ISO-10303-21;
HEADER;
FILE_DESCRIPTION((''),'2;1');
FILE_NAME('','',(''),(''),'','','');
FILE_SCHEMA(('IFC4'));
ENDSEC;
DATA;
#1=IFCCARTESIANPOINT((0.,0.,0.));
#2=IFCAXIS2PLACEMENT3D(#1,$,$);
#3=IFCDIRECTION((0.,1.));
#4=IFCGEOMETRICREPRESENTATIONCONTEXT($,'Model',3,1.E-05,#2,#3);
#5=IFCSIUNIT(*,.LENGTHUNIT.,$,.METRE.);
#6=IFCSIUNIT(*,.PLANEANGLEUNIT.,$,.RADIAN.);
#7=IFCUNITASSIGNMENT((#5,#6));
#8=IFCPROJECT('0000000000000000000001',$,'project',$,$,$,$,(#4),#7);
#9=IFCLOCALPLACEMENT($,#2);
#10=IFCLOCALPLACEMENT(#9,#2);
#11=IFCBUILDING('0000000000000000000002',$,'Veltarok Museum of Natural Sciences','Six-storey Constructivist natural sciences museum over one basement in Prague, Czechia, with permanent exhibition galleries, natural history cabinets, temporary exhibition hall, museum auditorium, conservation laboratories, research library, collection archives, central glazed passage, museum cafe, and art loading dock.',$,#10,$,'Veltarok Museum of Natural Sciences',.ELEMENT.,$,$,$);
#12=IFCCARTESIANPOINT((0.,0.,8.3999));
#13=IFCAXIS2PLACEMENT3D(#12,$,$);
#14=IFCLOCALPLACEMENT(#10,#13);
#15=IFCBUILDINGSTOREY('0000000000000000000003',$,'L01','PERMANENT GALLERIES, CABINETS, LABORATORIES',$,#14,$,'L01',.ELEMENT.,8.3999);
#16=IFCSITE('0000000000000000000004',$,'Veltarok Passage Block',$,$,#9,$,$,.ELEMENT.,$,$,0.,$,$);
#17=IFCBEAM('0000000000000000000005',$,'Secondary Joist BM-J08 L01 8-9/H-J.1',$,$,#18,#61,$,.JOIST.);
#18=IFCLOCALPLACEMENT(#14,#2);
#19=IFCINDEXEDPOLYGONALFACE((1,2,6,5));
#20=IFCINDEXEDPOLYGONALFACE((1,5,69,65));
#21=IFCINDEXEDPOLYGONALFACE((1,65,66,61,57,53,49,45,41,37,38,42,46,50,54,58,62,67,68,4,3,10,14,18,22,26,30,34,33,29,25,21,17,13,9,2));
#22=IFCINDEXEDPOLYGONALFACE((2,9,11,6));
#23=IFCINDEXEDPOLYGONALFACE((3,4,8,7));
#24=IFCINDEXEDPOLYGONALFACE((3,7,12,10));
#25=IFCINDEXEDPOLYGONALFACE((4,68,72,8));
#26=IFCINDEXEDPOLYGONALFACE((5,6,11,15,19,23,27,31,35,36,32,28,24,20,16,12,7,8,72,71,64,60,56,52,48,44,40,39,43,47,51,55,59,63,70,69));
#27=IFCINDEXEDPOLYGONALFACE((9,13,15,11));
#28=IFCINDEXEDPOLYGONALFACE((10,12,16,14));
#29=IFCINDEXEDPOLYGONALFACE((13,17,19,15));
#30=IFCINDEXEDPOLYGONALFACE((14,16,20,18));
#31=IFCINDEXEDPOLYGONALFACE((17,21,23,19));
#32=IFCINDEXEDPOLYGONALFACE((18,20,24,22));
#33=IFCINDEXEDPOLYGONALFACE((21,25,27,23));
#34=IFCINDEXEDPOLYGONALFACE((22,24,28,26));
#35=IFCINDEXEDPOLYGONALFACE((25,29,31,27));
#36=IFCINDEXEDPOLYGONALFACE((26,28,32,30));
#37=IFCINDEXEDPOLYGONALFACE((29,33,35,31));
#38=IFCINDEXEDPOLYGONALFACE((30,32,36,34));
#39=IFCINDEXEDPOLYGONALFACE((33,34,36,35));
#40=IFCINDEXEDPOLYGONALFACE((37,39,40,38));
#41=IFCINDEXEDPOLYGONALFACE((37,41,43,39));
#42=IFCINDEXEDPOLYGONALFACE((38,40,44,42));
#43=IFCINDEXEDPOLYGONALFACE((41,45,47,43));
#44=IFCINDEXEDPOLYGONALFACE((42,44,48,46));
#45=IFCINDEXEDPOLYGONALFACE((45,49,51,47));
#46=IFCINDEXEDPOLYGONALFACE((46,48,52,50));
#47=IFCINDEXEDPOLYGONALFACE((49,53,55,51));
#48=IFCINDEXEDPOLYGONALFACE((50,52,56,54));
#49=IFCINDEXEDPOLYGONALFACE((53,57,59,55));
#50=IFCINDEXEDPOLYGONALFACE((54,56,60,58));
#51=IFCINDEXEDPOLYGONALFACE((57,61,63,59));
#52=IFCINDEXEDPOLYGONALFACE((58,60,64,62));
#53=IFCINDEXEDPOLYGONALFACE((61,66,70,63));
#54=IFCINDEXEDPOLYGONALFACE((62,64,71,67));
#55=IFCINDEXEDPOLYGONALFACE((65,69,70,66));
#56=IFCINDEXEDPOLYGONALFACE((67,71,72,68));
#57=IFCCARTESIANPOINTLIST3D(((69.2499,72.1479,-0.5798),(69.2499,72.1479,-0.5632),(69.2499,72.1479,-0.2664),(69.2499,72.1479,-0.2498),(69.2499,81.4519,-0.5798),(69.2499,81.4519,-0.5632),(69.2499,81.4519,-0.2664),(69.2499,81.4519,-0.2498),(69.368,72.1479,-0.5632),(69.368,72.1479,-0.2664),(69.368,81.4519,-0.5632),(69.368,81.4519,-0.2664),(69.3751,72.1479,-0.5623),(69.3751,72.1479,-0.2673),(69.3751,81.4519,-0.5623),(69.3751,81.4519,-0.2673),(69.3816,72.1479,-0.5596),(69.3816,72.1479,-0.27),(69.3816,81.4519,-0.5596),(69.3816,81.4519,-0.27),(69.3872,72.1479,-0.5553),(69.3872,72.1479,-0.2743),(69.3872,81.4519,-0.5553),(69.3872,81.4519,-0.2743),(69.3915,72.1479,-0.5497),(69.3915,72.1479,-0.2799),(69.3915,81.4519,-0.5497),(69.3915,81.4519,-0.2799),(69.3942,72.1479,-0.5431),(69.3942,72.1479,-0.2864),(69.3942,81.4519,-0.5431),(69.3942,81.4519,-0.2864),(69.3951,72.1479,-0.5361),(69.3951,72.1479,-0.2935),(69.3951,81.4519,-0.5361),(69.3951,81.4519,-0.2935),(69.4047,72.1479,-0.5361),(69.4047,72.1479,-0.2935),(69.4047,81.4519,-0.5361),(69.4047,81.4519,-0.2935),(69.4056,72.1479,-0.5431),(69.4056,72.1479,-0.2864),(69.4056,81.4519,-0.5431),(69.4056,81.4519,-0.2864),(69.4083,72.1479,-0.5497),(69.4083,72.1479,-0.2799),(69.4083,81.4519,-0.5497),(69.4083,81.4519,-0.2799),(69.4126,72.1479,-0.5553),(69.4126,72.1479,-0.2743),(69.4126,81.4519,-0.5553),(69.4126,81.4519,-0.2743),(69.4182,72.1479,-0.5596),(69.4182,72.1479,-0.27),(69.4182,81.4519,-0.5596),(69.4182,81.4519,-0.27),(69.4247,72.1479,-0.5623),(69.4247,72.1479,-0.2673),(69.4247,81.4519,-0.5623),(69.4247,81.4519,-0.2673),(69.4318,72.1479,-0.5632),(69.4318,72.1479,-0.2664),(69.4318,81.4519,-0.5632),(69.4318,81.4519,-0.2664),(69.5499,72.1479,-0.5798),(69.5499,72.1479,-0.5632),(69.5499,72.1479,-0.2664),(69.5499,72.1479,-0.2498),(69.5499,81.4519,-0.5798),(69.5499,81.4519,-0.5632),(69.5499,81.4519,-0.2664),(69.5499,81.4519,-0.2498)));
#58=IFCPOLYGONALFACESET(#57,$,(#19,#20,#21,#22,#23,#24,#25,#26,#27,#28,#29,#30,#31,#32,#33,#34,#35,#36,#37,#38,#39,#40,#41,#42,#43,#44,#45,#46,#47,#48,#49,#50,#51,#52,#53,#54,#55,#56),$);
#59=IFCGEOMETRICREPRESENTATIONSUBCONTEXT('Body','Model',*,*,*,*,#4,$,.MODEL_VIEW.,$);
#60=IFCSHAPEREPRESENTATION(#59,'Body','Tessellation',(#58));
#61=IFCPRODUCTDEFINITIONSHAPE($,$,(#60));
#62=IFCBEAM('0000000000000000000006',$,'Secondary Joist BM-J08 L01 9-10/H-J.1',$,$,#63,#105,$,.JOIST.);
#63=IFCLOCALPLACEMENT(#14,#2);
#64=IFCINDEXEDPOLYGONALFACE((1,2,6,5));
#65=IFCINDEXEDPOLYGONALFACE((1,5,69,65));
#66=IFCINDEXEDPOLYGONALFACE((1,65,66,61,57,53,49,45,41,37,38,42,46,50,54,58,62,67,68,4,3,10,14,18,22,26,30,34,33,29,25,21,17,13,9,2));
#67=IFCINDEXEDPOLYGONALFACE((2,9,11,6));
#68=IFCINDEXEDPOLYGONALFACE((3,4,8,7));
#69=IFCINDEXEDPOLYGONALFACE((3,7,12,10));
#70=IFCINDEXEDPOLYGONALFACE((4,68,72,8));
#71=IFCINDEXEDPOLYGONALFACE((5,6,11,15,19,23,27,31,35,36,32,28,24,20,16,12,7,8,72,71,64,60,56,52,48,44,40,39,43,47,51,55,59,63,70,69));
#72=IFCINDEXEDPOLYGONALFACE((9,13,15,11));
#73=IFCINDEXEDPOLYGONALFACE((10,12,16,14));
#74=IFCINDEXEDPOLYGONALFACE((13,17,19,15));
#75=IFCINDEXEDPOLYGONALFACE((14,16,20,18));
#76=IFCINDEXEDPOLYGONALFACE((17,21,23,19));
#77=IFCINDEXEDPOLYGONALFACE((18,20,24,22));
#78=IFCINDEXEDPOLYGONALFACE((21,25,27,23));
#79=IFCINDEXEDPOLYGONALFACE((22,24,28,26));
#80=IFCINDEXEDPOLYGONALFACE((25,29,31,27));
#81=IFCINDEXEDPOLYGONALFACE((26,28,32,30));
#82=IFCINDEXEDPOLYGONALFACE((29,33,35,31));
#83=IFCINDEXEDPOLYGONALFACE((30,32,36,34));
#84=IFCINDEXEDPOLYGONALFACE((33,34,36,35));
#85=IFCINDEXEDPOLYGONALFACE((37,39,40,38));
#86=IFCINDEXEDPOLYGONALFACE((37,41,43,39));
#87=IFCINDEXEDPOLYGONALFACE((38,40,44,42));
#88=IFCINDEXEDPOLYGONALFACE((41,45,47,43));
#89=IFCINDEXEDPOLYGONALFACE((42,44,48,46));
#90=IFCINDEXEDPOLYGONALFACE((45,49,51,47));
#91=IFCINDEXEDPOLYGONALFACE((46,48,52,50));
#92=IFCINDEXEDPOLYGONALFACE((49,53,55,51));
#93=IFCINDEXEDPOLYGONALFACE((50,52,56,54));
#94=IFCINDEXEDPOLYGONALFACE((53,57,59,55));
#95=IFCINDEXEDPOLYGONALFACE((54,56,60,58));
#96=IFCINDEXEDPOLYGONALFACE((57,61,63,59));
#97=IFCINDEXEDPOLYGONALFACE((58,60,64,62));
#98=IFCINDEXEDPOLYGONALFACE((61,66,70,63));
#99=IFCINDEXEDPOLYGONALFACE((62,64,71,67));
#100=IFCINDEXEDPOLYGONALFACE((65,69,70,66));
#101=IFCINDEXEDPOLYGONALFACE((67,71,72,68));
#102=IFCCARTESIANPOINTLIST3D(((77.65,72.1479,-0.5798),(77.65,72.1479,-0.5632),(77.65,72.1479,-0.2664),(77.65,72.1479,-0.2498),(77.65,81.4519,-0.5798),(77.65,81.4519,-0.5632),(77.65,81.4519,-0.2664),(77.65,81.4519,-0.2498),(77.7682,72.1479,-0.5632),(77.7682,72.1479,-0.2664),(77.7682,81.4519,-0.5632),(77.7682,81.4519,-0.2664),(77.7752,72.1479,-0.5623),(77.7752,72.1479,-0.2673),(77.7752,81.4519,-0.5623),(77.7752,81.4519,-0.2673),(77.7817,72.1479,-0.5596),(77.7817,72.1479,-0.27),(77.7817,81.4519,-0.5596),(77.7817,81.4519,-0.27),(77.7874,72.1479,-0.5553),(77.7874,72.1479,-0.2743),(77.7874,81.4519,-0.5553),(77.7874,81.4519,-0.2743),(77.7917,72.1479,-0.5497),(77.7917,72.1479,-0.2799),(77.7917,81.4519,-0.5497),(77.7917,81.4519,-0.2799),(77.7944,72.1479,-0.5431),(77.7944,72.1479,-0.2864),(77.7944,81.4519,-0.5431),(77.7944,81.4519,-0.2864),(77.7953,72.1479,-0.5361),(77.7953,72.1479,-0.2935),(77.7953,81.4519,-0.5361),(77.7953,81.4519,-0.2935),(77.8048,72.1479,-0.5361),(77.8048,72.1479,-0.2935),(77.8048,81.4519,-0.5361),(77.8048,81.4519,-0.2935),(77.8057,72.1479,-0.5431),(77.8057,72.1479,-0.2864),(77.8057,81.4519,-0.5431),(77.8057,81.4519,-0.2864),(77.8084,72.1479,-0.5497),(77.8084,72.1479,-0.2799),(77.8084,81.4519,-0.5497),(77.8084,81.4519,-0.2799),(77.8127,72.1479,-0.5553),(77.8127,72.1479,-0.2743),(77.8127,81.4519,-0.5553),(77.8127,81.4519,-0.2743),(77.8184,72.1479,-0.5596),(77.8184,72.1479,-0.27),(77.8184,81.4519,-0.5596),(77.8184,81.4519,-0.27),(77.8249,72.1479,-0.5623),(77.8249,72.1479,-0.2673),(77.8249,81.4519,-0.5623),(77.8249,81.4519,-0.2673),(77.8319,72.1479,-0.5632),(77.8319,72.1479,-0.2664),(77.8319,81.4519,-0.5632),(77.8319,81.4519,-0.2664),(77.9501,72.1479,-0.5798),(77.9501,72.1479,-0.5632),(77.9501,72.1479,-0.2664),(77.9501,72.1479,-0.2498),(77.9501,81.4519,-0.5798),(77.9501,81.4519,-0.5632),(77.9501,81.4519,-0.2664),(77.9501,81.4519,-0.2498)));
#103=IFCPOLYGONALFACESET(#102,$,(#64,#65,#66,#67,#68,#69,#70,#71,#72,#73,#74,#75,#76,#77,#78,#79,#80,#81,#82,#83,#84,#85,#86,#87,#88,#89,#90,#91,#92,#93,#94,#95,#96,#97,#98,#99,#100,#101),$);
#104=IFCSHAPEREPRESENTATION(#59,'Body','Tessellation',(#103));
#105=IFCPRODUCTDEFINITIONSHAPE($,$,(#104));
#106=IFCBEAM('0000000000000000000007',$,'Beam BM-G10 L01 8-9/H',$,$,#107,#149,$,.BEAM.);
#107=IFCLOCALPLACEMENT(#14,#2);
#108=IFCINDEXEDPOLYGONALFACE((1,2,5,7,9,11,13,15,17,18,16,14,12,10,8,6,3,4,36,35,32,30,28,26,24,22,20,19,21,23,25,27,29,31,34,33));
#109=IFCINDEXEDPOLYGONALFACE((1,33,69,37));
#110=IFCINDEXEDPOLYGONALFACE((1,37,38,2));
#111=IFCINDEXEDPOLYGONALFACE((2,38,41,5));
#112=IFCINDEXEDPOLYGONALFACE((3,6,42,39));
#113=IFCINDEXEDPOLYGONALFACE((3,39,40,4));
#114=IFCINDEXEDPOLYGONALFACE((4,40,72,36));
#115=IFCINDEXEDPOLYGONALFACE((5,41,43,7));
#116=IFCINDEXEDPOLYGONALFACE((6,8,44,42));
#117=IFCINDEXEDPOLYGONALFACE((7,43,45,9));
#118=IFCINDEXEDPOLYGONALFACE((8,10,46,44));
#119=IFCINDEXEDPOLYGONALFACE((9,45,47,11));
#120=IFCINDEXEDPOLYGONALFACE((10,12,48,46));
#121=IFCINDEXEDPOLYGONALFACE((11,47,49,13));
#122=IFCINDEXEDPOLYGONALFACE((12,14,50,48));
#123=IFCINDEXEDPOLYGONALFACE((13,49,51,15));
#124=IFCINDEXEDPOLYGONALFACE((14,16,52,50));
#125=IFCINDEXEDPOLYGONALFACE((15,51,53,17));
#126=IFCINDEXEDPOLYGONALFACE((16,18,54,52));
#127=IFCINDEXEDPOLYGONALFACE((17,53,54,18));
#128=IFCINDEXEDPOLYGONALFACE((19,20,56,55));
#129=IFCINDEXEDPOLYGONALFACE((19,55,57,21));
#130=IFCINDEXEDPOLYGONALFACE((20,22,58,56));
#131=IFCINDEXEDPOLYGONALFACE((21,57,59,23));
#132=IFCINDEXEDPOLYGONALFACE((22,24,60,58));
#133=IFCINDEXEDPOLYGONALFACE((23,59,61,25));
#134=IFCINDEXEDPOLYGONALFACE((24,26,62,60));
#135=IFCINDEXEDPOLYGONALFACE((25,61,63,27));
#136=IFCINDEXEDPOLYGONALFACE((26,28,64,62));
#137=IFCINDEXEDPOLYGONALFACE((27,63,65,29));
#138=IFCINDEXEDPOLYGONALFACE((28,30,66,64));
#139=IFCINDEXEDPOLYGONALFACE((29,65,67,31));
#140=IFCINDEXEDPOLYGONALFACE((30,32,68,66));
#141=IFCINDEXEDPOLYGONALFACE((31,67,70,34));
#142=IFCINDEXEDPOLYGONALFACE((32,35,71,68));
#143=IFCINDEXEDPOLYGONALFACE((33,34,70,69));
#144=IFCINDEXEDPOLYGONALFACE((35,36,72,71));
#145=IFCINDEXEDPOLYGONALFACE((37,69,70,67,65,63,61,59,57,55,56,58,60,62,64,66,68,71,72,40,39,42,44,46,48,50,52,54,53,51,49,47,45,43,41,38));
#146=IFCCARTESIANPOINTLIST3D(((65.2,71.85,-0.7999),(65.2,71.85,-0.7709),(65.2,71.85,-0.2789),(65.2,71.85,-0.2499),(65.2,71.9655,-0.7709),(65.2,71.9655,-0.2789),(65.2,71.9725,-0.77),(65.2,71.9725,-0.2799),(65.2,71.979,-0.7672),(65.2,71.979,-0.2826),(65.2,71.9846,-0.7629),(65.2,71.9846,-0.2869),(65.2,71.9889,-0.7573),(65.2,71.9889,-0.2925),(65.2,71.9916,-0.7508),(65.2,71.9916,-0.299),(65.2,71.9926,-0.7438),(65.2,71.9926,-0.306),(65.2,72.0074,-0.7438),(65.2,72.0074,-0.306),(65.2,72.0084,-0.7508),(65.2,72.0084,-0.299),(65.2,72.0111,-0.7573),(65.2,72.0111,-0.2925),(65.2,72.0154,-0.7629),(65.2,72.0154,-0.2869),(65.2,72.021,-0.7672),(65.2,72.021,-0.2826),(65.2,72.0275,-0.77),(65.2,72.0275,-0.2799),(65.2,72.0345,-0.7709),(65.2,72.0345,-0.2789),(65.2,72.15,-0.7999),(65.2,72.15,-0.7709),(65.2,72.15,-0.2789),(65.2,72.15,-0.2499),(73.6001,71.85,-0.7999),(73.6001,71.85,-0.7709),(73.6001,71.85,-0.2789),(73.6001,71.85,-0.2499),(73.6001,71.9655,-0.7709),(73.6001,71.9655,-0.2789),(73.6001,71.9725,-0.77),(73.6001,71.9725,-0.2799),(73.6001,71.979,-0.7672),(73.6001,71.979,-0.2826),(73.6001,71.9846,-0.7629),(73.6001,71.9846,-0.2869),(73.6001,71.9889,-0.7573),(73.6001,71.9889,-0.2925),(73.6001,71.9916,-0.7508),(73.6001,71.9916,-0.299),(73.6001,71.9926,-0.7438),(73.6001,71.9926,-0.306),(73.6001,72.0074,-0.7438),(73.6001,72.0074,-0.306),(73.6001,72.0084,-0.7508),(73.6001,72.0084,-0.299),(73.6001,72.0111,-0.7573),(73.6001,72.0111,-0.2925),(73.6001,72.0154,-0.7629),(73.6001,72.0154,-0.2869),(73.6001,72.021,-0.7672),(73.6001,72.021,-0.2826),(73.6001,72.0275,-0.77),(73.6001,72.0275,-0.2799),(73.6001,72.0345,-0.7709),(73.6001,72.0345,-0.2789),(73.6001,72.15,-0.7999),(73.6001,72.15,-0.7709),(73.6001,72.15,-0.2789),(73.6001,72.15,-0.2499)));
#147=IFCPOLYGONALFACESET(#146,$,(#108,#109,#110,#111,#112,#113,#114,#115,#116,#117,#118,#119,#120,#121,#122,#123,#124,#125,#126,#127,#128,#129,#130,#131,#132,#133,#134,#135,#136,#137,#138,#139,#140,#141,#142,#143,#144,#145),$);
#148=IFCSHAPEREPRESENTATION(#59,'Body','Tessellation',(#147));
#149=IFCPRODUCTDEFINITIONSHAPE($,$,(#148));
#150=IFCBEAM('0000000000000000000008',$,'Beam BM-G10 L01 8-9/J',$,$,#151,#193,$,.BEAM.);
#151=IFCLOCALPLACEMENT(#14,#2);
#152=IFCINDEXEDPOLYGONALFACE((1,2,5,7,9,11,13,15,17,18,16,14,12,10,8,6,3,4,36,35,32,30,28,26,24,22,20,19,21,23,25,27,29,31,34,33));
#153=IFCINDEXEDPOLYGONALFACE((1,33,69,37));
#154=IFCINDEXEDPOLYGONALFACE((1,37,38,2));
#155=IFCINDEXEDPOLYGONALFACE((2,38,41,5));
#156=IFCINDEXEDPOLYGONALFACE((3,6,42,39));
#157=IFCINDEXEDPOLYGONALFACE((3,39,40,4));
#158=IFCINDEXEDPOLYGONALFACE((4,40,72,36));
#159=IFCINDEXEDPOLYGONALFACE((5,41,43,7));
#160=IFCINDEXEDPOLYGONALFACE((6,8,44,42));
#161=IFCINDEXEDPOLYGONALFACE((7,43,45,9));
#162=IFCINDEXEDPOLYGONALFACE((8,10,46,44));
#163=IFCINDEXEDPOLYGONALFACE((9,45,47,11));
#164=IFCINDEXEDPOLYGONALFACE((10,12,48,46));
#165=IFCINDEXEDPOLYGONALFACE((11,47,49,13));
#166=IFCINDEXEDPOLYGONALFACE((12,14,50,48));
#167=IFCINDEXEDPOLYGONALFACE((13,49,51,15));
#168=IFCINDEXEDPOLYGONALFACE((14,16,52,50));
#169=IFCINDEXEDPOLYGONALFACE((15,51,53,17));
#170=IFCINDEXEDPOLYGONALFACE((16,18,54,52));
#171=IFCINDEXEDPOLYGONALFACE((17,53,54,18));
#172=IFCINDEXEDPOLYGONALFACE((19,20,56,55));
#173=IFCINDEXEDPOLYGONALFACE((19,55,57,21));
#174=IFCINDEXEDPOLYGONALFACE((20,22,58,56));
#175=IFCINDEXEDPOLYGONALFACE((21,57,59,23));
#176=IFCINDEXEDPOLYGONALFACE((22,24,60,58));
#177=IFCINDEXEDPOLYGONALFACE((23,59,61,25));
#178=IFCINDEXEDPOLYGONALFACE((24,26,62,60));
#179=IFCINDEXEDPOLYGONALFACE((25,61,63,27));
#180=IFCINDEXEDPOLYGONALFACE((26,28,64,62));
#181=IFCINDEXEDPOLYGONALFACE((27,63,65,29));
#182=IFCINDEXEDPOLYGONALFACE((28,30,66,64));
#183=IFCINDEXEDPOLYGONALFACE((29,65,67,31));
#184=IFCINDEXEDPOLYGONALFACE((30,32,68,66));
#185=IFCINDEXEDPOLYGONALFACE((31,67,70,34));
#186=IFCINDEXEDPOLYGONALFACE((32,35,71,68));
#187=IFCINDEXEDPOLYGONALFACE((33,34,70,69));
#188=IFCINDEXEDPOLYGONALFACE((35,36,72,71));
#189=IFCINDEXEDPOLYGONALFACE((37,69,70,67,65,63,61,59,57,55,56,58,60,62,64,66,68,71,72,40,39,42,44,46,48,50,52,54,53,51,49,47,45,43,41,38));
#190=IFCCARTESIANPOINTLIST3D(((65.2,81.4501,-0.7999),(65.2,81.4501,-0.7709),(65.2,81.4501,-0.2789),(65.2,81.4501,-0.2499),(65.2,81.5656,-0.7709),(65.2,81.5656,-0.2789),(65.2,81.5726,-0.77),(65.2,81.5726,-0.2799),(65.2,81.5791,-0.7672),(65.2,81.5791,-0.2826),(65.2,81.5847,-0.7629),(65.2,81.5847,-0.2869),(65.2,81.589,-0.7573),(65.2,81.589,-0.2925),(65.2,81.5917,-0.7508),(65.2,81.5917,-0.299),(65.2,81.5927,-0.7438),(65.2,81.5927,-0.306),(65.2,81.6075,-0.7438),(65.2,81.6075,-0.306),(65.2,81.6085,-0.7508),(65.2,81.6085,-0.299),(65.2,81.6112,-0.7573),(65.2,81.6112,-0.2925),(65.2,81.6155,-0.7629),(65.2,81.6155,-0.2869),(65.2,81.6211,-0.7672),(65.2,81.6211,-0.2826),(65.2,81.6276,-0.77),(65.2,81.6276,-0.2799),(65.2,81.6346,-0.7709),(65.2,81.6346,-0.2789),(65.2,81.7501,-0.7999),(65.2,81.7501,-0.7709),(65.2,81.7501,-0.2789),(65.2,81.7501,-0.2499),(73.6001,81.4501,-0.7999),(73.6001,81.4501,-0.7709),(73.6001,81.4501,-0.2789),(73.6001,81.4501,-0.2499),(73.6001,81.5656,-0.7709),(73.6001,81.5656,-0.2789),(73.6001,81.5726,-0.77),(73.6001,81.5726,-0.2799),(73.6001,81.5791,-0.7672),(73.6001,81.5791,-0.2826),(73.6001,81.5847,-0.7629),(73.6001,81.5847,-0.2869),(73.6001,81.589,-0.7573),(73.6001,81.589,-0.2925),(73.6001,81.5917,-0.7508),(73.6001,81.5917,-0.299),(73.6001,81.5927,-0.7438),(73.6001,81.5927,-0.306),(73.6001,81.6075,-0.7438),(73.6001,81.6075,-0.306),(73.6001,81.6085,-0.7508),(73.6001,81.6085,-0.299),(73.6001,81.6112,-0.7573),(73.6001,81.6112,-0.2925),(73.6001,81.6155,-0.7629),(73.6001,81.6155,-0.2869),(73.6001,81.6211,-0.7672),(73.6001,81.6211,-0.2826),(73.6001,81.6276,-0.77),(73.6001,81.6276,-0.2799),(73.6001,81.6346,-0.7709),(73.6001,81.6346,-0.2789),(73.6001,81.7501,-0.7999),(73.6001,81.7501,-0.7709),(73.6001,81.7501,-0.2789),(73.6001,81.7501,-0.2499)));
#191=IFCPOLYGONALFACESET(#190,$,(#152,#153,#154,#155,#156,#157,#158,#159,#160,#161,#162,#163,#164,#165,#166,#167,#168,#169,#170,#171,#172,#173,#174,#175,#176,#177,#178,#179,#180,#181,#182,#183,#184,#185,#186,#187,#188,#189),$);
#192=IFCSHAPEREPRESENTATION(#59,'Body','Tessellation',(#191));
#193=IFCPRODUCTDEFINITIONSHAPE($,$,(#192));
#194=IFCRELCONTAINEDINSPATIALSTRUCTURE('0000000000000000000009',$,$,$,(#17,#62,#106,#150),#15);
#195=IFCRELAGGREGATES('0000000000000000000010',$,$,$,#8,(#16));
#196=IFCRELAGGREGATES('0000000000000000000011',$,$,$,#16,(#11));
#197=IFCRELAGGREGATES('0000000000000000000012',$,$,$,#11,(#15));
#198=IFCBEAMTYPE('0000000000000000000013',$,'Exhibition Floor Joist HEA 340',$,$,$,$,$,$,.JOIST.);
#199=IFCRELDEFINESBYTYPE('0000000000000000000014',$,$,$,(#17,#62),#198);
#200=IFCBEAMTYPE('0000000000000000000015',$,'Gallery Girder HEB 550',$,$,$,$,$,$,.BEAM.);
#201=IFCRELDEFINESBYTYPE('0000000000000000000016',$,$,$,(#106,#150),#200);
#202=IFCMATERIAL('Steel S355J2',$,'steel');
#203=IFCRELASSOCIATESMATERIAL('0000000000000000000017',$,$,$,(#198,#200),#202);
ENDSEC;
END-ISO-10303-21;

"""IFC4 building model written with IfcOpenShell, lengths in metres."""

from ifc_helpers import new_model, si_unit, direction, frame, origin, origin_2d, place, context, subcontext, project, spatial, i_section, extrude, material, material_profile, profile_set, type_object, element, save


model = new_model("IFC4")

# Units and contexts
model_context = context("Model", 3, precision=1e-05, world=origin(), true_north=direction((0.0, 1.0)))
body_context = subcontext(model_context, "Body", "Model", "MODEL_VIEW")
ifc_project = project(units=[si_unit("LENGTHUNIT", "METRE"), si_unit("PLANEANGLEUNIT", "RADIAN")], contexts=[model_context])

# Site, building, storey
site_placement = place(None, origin())
site = spatial("IfcSite", under=ifc_project, at=site_placement, Name="Veltarok Passage Block", CompositionType="ELEMENT", RefElevation=0.0)
building_placement = place(site_placement, origin())
building = spatial("IfcBuilding", under=site, at=building_placement, Name="Veltarok Museum of Natural Sciences", Description="Six-storey Constructivist natural sciences museum over one basement in Prague, Czechia, with permanent exhibition galleries, natural history cabinets, temporary exhibition hall, museum auditorium, conservation laboratories, research library, collection archives, central glazed passage, museum cafe, and art loading dock.", LongName="Veltarok Museum of Natural Sciences", CompositionType="ELEMENT")
storey_placement = place(building_placement, frame((0.0, 0.0, 8.3999)))
storey = spatial("IfcBuildingStorey", under=building, at=storey_placement, Name="L01", Description="PERMANENT GALLERIES, CABINETS, LABORATORIES", LongName="L01", CompositionType="ELEMENT", Elevation=8.3999)

# Shared definitions
ifc_material_1 = material(Name="Steel S355J2", Category="steel")

# Beams
ifc_material_profile_1 = material_profile(ifc_material_1, i_section(OverallWidth=0.3, OverallDepth=0.3301, WebThickness=0.0095, FlangeThickness=0.0166, FilletRadius=0.0271, at=origin_2d()), Name="HEA 340")
ifc_profile_set_1 = profile_set([ifc_material_profile_1], Name="Steel S355J2")
beam_type_1 = type_object("IfcBeamType", Name="Exhibition Floor Joist HEA 340", PredefinedType="JOIST", material=ifc_profile_set_1)
for number, where, z_axis, x_axis, name in (
    (1, (69.3999, 72.1479, -0.4148), (0.0, 1.0, 0.0), (-1.0, 0.0, 0.0), "Secondary Joist BM-J08 L01 8-9/H-J.1"),
    (2, (77.8, 72.1479, -0.4148), (0.0, 1.0, 0.0), (-1.0, 0.0, 0.0), "Secondary Joist BM-J08 L01 9-10/H-J.1"),
):
    element("IfcBeam", number, at=place(storey_placement, frame(where, z_axis=z_axis, x_axis=x_axis)), inside=storey, type_object=beam_type_1, Name=name, PredefinedType="JOIST", context=body_context, shape_type="SweptSolid", body=[
        extrude(i_section(OverallWidth=0.3, OverallDepth=0.3301, WebThickness=0.0095, FlangeThickness=0.0166, FilletRadius=0.0271, at=origin_2d()), origin(), (0.0, 0.0, 1.0), 9.304),
    ])
ifc_material_profile_2 = material_profile(ifc_material_1, i_section(OverallWidth=0.3, OverallDepth=0.55, WebThickness=0.0149, FlangeThickness=0.0291, FilletRadius=0.0271, at=origin_2d()), Name="HEB 550")
ifc_profile_set_2 = profile_set([ifc_material_profile_2], Name="Steel S355J2")
beam_type_2 = type_object("IfcBeamType", Name="Gallery Girder HEB 550", PredefinedType="BEAM", material=ifc_profile_set_2)
for number, where, z_axis, x_axis, name in (
    (3, (65.2, 72.0, -0.5249), (1.0, 0.0, 0.0), (0.0, 1.0, 0.0), "Beam BM-G10 L01 8-9/H"),
    (4, (65.2, 81.6001, -0.5249), (1.0, 0.0, 0.0), (0.0, 1.0, 0.0), "Beam BM-G10 L01 8-9/J"),
):
    element("IfcBeam", number, at=place(storey_placement, frame(where, z_axis=z_axis, x_axis=x_axis)), inside=storey, type_object=beam_type_2, Name=name, PredefinedType="BEAM", context=body_context, shape_type="SweptSolid", body=[
        extrude(i_section(OverallWidth=0.3, OverallDepth=0.55, WebThickness=0.0149, FlangeThickness=0.0291, FilletRadius=0.0271, at=origin_2d()), origin(), (0.0, 0.0, 1.0), 8.4001),
    ])

save(model, "model.ifc")
